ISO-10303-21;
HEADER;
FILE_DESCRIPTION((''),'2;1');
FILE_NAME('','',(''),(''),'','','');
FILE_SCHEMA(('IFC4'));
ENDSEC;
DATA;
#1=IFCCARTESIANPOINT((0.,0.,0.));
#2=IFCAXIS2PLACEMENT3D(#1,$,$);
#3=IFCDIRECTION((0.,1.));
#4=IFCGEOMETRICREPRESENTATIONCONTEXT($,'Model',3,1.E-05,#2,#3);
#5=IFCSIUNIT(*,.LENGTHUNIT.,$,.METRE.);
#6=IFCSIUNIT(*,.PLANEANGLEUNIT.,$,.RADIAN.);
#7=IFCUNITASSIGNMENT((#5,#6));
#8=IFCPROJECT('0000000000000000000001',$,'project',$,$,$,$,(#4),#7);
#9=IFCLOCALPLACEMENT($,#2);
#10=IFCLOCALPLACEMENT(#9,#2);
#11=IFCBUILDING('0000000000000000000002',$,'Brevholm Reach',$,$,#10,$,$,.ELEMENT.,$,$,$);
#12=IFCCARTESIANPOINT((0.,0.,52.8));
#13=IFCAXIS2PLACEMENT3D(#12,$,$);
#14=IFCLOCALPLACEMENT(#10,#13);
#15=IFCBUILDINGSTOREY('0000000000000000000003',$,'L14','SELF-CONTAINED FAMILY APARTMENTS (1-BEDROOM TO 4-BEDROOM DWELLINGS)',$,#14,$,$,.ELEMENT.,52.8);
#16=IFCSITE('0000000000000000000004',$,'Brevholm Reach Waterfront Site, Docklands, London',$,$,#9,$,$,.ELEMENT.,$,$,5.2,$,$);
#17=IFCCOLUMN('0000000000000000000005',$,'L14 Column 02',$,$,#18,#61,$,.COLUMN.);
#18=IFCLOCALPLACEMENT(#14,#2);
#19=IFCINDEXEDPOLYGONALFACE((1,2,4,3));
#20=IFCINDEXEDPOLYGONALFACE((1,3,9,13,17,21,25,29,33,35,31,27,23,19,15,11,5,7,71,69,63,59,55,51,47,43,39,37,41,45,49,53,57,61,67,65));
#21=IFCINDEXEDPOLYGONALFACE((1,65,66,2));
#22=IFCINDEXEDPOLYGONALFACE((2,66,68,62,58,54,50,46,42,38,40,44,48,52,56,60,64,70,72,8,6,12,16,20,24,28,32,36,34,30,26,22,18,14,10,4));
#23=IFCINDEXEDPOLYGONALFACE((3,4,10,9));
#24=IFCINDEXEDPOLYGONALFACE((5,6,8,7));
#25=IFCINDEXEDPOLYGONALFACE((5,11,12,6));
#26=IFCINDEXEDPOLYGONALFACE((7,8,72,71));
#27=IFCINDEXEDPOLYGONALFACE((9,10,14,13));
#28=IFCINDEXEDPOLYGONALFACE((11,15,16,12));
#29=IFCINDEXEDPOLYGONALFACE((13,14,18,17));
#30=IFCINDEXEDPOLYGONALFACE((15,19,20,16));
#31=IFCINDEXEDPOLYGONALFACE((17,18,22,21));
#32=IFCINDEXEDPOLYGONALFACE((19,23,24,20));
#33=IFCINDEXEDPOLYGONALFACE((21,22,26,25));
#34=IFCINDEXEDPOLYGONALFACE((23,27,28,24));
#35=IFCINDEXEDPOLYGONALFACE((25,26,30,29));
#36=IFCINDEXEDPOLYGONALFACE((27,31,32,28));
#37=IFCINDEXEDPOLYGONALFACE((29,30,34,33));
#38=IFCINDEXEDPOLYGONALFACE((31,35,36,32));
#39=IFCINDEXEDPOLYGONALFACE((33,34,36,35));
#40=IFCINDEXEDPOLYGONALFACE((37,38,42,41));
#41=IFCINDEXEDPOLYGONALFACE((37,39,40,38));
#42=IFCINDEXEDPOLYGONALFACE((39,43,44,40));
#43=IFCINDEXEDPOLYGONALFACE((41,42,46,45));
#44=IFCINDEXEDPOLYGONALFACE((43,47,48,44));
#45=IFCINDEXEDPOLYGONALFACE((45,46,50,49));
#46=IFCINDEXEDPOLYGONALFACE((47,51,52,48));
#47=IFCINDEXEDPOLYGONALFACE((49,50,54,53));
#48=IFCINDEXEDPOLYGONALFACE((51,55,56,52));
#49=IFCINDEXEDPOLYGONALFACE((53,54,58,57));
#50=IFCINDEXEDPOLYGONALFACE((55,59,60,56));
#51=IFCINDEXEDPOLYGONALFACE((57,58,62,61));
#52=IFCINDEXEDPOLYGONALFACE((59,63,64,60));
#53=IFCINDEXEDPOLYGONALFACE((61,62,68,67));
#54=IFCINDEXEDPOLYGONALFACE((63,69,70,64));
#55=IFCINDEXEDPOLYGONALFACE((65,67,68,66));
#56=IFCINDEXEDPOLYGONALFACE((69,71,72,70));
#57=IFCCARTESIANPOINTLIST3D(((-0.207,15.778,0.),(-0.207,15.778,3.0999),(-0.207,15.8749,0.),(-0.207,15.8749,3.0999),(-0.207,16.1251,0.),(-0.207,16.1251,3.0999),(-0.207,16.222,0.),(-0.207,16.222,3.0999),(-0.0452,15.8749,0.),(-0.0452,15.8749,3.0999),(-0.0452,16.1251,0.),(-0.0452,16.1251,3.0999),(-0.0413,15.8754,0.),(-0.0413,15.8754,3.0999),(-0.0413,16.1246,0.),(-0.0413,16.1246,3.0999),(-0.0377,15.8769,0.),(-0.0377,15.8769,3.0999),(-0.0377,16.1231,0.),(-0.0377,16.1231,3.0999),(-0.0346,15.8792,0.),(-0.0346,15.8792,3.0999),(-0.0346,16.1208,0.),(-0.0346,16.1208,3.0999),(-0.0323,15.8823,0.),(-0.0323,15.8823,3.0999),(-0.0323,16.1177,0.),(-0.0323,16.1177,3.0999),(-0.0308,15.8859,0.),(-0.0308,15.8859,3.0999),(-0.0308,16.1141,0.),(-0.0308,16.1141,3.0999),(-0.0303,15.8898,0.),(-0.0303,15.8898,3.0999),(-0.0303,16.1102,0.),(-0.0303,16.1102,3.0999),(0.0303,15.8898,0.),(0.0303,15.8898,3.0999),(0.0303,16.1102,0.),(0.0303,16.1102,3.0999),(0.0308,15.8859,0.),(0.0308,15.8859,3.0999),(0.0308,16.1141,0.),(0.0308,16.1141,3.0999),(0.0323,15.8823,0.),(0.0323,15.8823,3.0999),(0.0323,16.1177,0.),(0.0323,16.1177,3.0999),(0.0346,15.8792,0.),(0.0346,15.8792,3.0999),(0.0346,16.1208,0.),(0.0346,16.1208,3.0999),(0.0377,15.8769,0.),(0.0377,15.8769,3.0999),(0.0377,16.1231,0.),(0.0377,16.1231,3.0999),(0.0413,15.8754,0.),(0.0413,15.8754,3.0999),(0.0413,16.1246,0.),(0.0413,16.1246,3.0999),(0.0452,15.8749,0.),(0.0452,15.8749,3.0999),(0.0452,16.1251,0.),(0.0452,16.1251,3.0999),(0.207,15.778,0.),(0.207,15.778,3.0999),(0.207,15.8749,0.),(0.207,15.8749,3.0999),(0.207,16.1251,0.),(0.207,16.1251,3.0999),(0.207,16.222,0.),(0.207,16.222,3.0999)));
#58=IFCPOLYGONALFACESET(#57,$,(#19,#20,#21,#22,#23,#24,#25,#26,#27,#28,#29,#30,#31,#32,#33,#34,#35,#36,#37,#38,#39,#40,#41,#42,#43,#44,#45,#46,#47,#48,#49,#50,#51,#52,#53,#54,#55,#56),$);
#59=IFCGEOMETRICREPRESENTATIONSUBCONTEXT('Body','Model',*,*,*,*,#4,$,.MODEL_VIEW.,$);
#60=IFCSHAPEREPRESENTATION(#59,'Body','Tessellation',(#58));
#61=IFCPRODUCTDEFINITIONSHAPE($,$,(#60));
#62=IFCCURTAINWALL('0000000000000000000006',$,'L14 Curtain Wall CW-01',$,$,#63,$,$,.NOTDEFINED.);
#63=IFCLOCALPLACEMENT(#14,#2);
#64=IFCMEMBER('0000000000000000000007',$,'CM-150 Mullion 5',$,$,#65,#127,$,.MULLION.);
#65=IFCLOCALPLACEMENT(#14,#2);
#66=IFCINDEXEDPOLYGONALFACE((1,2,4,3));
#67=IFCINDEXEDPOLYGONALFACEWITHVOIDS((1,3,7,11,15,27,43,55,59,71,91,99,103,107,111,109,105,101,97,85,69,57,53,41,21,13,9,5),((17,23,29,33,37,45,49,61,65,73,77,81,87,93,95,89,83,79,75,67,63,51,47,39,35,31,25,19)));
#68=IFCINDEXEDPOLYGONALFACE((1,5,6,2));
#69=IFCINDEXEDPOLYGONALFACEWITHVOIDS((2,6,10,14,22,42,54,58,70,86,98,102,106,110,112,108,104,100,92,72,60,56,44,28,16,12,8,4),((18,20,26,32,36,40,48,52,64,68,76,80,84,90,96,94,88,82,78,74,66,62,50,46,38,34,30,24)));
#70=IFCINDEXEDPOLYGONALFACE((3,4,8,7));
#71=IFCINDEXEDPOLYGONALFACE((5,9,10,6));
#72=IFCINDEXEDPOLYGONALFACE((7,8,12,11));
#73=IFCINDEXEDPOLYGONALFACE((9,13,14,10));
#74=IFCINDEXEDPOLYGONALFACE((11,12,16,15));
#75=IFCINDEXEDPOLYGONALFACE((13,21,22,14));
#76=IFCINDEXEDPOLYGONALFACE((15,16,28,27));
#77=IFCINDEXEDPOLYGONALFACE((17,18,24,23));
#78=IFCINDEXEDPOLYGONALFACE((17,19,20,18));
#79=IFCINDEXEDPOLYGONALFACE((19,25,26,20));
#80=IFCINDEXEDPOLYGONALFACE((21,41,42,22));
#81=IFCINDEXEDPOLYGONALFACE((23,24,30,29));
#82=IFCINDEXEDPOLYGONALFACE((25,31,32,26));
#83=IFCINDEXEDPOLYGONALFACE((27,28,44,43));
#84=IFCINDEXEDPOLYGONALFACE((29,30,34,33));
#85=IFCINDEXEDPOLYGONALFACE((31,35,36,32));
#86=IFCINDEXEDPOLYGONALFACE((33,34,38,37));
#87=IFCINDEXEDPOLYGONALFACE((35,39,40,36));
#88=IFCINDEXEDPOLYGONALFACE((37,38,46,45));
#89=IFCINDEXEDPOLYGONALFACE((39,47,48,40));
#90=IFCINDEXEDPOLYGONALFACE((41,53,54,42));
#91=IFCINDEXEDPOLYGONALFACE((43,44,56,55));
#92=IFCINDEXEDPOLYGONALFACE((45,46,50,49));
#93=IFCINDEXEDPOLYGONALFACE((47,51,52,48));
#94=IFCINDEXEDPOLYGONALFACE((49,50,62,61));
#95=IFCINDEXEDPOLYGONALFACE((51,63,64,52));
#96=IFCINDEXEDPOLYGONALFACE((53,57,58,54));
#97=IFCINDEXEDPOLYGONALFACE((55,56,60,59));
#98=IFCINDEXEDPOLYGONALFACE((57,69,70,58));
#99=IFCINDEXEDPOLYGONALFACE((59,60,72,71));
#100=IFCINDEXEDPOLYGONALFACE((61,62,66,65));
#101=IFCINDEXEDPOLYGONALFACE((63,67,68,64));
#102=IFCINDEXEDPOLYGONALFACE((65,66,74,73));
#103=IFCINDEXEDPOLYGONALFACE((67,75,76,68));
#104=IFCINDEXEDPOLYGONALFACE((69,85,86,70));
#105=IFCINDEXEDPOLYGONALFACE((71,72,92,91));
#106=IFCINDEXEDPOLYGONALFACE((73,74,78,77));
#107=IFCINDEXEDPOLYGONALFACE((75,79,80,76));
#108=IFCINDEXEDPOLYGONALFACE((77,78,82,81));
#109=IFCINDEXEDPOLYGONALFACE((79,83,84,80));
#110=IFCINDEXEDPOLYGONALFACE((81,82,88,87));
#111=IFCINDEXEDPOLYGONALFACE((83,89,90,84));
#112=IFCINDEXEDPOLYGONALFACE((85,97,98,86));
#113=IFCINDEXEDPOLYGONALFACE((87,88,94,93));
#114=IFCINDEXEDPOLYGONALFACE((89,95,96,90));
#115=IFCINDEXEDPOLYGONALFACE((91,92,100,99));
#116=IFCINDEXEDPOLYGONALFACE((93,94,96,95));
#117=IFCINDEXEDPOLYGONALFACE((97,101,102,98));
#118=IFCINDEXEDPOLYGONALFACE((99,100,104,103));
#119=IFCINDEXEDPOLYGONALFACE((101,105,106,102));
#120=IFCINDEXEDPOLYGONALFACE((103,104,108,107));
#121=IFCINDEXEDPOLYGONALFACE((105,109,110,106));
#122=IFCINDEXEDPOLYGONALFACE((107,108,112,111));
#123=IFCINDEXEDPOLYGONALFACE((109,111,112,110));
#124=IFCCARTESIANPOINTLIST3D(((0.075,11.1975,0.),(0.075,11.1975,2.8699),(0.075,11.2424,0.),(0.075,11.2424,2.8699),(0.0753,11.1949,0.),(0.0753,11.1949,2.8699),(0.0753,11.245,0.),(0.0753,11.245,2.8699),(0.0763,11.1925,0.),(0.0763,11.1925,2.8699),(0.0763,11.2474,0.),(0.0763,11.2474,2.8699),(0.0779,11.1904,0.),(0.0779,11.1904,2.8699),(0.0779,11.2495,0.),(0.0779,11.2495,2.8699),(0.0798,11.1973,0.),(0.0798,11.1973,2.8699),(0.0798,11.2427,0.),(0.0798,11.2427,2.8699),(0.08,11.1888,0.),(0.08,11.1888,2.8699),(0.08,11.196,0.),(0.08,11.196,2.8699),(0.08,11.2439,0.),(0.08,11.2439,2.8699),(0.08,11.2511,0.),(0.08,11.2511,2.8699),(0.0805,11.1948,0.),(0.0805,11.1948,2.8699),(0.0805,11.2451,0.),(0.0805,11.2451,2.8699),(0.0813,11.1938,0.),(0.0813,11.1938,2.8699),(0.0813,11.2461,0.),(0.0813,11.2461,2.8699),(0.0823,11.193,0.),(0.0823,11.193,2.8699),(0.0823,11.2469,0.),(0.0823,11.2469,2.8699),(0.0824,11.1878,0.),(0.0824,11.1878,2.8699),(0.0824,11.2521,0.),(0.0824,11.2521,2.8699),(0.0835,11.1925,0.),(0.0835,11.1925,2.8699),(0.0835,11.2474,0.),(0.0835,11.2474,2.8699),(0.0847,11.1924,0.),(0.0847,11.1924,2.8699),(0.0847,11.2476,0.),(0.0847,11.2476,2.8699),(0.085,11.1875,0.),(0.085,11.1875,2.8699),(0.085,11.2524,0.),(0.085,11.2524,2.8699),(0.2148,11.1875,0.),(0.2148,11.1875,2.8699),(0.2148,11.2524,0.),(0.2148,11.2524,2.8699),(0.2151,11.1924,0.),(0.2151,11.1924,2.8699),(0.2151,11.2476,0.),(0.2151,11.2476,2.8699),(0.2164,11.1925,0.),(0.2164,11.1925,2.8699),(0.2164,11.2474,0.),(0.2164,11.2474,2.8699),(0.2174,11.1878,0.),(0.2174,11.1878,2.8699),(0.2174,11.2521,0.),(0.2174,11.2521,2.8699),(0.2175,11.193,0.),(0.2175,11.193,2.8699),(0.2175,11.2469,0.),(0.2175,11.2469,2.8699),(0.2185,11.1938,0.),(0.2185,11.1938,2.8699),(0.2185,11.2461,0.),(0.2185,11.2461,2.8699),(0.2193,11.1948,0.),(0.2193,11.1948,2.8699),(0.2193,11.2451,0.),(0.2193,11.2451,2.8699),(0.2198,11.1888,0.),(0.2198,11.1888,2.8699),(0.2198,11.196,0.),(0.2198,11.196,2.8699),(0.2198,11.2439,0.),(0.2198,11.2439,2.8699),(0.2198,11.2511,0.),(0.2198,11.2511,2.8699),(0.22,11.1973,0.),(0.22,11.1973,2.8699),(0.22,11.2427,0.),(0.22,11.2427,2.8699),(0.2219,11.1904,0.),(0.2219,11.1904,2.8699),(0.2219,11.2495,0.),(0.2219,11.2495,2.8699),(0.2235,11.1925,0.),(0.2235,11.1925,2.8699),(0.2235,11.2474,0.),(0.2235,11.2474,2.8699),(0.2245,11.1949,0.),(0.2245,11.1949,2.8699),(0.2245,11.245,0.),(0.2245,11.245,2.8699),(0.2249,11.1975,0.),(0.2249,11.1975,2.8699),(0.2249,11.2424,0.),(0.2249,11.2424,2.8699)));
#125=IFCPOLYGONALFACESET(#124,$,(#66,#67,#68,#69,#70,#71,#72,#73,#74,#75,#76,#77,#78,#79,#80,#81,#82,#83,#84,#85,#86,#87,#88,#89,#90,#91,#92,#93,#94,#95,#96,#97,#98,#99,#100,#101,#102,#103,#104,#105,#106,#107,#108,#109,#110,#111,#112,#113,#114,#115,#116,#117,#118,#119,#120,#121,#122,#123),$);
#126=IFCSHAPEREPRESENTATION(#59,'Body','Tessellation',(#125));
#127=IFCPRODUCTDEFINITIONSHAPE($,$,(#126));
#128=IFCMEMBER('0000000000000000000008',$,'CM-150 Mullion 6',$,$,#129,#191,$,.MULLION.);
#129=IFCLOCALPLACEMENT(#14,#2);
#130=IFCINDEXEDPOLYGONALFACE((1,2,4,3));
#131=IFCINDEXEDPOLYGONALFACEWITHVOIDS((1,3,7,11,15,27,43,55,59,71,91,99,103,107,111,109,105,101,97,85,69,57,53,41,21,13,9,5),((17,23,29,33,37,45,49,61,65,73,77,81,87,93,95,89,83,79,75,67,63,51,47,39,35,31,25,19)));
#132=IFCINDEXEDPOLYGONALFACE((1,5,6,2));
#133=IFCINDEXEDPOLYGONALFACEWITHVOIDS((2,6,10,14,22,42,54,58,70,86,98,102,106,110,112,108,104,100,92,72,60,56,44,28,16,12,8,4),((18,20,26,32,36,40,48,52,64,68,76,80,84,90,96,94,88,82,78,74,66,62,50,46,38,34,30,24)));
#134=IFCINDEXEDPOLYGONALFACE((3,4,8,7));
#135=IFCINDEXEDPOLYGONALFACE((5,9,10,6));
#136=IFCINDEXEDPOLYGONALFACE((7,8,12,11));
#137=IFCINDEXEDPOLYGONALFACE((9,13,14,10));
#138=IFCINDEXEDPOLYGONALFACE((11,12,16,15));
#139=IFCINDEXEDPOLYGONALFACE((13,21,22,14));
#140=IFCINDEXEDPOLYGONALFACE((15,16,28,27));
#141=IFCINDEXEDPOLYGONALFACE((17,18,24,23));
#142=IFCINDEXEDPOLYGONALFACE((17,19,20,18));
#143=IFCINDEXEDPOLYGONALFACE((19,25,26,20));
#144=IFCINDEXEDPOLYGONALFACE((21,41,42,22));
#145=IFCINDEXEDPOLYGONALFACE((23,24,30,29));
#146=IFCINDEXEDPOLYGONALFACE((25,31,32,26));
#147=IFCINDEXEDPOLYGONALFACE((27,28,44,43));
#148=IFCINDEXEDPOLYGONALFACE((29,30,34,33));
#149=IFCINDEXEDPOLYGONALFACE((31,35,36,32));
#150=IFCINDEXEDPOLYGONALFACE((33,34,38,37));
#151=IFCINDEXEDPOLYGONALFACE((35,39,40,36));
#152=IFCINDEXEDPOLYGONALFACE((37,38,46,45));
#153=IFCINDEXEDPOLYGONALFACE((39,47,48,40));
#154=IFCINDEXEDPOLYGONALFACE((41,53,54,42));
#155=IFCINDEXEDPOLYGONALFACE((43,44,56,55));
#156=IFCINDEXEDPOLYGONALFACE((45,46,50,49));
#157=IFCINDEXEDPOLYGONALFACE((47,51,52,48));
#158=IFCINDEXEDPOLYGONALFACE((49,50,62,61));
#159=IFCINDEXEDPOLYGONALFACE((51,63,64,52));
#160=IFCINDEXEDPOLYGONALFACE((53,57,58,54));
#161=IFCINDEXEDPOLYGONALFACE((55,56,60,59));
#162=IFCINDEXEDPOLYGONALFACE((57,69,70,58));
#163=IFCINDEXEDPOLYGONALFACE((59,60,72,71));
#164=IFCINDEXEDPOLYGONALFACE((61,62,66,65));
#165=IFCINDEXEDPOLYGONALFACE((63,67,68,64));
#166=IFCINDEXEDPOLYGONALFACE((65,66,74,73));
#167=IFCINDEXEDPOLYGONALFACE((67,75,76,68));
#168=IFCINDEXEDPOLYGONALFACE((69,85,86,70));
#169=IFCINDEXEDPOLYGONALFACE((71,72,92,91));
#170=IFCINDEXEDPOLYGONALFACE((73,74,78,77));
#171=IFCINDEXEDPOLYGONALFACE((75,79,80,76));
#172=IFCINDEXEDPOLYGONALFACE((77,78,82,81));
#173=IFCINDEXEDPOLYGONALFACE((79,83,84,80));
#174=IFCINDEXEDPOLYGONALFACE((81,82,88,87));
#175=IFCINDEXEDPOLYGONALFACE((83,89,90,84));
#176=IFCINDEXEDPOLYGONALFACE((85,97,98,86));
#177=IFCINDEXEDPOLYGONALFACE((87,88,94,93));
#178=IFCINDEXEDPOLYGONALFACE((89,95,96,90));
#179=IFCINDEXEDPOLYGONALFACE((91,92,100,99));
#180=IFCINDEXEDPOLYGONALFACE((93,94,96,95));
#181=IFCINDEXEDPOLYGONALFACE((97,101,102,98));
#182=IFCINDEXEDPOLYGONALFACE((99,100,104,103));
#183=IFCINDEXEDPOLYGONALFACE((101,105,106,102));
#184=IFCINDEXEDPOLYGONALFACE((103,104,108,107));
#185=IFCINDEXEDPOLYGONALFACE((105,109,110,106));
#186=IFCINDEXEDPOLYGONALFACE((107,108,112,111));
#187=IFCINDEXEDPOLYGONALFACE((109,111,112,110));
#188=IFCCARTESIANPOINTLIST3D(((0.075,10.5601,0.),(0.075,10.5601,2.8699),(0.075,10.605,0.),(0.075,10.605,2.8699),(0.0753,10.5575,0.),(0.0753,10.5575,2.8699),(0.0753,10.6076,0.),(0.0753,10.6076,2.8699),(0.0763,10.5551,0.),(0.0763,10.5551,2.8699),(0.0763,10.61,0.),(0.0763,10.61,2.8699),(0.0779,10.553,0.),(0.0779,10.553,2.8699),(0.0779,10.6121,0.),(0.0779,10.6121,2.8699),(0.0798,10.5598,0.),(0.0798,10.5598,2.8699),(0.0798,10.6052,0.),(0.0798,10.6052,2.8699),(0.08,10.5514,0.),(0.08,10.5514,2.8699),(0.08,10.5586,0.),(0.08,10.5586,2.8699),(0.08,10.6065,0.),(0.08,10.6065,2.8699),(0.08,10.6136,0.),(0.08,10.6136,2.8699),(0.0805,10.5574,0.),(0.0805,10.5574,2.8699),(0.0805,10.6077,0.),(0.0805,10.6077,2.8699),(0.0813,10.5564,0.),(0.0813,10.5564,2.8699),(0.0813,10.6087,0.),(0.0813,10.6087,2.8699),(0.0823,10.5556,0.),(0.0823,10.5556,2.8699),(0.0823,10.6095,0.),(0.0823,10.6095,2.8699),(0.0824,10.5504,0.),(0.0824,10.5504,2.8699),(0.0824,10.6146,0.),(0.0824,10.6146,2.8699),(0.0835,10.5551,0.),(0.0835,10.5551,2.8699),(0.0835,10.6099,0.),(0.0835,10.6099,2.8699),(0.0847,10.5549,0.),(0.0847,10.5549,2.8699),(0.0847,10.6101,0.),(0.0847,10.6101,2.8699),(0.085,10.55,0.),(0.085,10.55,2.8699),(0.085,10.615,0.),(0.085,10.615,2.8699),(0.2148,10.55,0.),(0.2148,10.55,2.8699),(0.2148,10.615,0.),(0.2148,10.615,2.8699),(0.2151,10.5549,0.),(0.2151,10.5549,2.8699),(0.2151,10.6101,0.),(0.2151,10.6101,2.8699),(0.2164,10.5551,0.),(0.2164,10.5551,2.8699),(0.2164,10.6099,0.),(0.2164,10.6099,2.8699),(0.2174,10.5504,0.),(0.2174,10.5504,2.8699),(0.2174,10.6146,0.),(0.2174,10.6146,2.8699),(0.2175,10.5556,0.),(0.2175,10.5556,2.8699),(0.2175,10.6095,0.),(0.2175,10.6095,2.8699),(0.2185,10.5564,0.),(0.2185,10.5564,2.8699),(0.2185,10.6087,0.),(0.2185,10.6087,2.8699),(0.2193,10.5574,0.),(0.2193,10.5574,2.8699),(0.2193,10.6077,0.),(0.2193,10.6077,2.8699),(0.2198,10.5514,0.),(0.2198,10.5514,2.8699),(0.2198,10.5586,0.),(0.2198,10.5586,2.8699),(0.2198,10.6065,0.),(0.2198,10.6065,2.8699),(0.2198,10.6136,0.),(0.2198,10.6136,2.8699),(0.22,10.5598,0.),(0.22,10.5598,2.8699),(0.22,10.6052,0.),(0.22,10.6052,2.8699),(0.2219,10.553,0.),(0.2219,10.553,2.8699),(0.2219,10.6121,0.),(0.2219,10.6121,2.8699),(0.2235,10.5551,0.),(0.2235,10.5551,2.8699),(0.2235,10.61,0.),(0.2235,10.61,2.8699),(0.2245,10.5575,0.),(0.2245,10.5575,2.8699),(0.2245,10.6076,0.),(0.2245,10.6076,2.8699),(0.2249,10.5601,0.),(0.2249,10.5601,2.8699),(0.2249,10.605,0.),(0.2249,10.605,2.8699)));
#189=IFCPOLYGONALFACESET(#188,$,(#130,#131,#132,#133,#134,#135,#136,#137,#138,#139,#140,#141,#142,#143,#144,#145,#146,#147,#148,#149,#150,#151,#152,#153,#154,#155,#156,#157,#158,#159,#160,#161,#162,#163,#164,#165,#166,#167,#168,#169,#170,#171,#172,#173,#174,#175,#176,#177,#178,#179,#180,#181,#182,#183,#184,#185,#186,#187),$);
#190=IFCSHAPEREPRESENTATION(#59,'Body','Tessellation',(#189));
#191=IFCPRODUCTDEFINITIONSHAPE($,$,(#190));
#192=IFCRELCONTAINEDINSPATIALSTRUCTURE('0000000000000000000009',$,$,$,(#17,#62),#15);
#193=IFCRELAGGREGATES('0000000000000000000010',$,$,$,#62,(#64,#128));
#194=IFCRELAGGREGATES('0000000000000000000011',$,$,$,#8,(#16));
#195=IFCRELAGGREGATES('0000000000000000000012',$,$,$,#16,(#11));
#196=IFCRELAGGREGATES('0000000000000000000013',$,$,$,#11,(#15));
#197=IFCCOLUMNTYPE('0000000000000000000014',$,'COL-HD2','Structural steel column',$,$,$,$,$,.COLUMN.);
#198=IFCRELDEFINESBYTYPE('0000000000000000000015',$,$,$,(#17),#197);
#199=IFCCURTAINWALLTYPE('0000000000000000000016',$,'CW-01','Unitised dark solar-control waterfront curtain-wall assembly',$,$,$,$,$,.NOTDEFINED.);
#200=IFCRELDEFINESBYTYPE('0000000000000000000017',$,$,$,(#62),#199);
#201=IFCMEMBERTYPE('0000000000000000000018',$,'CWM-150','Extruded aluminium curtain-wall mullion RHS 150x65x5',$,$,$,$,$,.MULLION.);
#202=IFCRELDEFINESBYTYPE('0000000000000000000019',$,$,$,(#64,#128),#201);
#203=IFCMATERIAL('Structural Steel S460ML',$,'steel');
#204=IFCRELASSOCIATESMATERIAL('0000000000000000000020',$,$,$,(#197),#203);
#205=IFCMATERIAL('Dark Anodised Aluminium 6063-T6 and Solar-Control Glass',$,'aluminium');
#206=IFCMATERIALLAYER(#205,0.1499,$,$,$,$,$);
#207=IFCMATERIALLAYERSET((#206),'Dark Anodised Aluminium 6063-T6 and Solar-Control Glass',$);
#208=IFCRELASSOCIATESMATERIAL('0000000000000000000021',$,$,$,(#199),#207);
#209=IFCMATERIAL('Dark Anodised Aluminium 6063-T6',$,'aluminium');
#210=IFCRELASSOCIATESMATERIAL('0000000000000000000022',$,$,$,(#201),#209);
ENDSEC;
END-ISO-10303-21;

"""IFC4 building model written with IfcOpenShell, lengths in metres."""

from ifc_helpers import new_model, si_unit, direction, frame, origin, origin_2d, place, context, subcontext, project, spatial, hollow_rectangle, i_section, extrude, material, layer, layer_set, material_profile, profile_set, type_object, element, aggregate, save


model = new_model("IFC4")

# Units and contexts
model_context = context("Model", 3, precision=1e-05, world=origin(), true_north=direction((0.0, 1.0)))
body_context = subcontext(model_context, "Body", "Model", "MODEL_VIEW")
ifc_project = project(units=[si_unit("LENGTHUNIT", "METRE"), si_unit("PLANEANGLEUNIT", "RADIAN")], contexts=[model_context])

# Site, building, storey
site_placement = place(None, origin())
site = spatial("IfcSite", under=ifc_project, at=site_placement, Name="Brevholm Reach Waterfront Site, Docklands, London", CompositionType="ELEMENT", RefElevation=5.2)
building_placement = place(site_placement, origin())
building = spatial("IfcBuilding", under=site, at=building_placement, Name="Brevholm Reach", CompositionType="ELEMENT")
storey_placement = place(building_placement, frame((0.0, 0.0, 52.8)))
storey = spatial("IfcBuildingStorey", under=building, at=storey_placement, Name="L14", Description="SELF-CONTAINED FAMILY APARTMENTS (1-BEDROOM TO 4-BEDROOM DWELLINGS)", CompositionType="ELEMENT", Elevation=52.8)

# Column
ifc_material_1 = material(Name="Structural Steel S460ML", Category="steel")
ifc_material_profile_1 = material_profile(ifc_material_1, i_section(OverallWidth=0.4141, OverallDepth=0.4441, WebThickness=0.0605, FlangeThickness=0.0969, FilletRadius=0.0149, at=origin_2d()), Name="HD 400x818")
ifc_profile_set_1 = profile_set([ifc_material_profile_1], Name="Structural Steel S460ML")
column_type = type_object("IfcColumnType", Name="COL-HD2", Description="Structural steel column", PredefinedType="COLUMN", material=ifc_profile_set_1)
column_placement = place(storey_placement, frame((0.0, 16.0, 0.0), z_axis=(0.0, 0.0, 1.0), x_axis=(1.0, 0.0, 0.0)))
element("IfcColumn", 1, at=column_placement, inside=storey, type_object=column_type, Name="L14 Column 02", PredefinedType="COLUMN", context=body_context, shape_type="SweptSolid", body=[
    extrude(i_section(OverallWidth=0.4141, OverallDepth=0.4441, WebThickness=0.0605, FlangeThickness=0.0969, FilletRadius=0.0149, at=origin_2d()), origin(), (0.0, 0.0, 1.0), 3.0999),
])

# Curtain wall, members
ifc_material_2 = material(Name="Dark Anodised Aluminium 6063-T6 and Solar-Control Glass", Category="aluminium")
ifc_layer_1 = layer(ifc_material_2, 0.1499)
ifc_layer_set_1 = layer_set([ifc_layer_1], Name="Dark Anodised Aluminium 6063-T6 and Solar-Control Glass")
curtain_wall_type = type_object("IfcCurtainWallType", Name="CW-01", Description="Unitised dark solar-control waterfront curtain-wall assembly", PredefinedType="NOTDEFINED", material=ifc_layer_set_1)
curtain_wall_placement = place(storey_placement, origin())
curtain_wall = element("IfcCurtainWall", 2, at=curtain_wall_placement, inside=storey, type_object=curtain_wall_type, Name="L14 Curtain Wall CW-01", PredefinedType="NOTDEFINED")
ifc_material_3 = material(Name="Dark Anodised Aluminium 6063-T6", Category="aluminium")
ifc_material_profile_2 = material_profile(ifc_material_3, hollow_rectangle(XDim=0.0649, YDim=0.1499, WallThickness=0.0049, InnerFilletRadius=0.0049, OuterFilletRadius=0.01, at=origin_2d()), Name="RHS 150x65x5")
ifc_profile_set_2 = profile_set([ifc_material_profile_2], Name="Dark Anodised Aluminium 6063-T6")
member_type_1 = type_object("IfcMemberType", Name="CWM-150", Description="Extruded aluminium curtain-wall mullion RHS 150x65x5", PredefinedType="MULLION", material=ifc_profile_set_2)
member_1_placement = place(storey_placement, frame((0.1499, 11.22, 0.0), z_axis=(0.0, 0.0, 1.0), x_axis=(0.0, -1.0, 0.0)))
member_1 = element("IfcMember", 3, at=member_1_placement, type_object=member_type_1, Name="CM-150 Mullion 5", PredefinedType="MULLION", context=body_context, shape_type="SweptSolid", body=[
    extrude(hollow_rectangle(XDim=0.0649, YDim=0.1499, WallThickness=0.0049, InnerFilletRadius=0.0049, OuterFilletRadius=0.01, at=origin_2d()), origin(), (0.0, 0.0, 1.0), 2.8699),
])
member_2_placement = place(storey_placement, frame((0.1499, 10.5825, 0.0), z_axis=(0.0, 0.0, 1.0), x_axis=(0.0, -1.0, 0.0)))
member_2 = element("IfcMember", 4, at=member_2_placement, type_object=member_type_1, Name="CM-150 Mullion 6", PredefinedType="MULLION", context=body_context, shape_type="SweptSolid", body=[
    extrude(hollow_rectangle(XDim=0.0649, YDim=0.1499, WallThickness=0.0049, InnerFilletRadius=0.0049, OuterFilletRadius=0.01, at=origin_2d()), origin(), (0.0, 0.0, 1.0), 2.8699),
])
aggregate(curtain_wall, [member_1, member_2])

save(model, "model.ifc")
